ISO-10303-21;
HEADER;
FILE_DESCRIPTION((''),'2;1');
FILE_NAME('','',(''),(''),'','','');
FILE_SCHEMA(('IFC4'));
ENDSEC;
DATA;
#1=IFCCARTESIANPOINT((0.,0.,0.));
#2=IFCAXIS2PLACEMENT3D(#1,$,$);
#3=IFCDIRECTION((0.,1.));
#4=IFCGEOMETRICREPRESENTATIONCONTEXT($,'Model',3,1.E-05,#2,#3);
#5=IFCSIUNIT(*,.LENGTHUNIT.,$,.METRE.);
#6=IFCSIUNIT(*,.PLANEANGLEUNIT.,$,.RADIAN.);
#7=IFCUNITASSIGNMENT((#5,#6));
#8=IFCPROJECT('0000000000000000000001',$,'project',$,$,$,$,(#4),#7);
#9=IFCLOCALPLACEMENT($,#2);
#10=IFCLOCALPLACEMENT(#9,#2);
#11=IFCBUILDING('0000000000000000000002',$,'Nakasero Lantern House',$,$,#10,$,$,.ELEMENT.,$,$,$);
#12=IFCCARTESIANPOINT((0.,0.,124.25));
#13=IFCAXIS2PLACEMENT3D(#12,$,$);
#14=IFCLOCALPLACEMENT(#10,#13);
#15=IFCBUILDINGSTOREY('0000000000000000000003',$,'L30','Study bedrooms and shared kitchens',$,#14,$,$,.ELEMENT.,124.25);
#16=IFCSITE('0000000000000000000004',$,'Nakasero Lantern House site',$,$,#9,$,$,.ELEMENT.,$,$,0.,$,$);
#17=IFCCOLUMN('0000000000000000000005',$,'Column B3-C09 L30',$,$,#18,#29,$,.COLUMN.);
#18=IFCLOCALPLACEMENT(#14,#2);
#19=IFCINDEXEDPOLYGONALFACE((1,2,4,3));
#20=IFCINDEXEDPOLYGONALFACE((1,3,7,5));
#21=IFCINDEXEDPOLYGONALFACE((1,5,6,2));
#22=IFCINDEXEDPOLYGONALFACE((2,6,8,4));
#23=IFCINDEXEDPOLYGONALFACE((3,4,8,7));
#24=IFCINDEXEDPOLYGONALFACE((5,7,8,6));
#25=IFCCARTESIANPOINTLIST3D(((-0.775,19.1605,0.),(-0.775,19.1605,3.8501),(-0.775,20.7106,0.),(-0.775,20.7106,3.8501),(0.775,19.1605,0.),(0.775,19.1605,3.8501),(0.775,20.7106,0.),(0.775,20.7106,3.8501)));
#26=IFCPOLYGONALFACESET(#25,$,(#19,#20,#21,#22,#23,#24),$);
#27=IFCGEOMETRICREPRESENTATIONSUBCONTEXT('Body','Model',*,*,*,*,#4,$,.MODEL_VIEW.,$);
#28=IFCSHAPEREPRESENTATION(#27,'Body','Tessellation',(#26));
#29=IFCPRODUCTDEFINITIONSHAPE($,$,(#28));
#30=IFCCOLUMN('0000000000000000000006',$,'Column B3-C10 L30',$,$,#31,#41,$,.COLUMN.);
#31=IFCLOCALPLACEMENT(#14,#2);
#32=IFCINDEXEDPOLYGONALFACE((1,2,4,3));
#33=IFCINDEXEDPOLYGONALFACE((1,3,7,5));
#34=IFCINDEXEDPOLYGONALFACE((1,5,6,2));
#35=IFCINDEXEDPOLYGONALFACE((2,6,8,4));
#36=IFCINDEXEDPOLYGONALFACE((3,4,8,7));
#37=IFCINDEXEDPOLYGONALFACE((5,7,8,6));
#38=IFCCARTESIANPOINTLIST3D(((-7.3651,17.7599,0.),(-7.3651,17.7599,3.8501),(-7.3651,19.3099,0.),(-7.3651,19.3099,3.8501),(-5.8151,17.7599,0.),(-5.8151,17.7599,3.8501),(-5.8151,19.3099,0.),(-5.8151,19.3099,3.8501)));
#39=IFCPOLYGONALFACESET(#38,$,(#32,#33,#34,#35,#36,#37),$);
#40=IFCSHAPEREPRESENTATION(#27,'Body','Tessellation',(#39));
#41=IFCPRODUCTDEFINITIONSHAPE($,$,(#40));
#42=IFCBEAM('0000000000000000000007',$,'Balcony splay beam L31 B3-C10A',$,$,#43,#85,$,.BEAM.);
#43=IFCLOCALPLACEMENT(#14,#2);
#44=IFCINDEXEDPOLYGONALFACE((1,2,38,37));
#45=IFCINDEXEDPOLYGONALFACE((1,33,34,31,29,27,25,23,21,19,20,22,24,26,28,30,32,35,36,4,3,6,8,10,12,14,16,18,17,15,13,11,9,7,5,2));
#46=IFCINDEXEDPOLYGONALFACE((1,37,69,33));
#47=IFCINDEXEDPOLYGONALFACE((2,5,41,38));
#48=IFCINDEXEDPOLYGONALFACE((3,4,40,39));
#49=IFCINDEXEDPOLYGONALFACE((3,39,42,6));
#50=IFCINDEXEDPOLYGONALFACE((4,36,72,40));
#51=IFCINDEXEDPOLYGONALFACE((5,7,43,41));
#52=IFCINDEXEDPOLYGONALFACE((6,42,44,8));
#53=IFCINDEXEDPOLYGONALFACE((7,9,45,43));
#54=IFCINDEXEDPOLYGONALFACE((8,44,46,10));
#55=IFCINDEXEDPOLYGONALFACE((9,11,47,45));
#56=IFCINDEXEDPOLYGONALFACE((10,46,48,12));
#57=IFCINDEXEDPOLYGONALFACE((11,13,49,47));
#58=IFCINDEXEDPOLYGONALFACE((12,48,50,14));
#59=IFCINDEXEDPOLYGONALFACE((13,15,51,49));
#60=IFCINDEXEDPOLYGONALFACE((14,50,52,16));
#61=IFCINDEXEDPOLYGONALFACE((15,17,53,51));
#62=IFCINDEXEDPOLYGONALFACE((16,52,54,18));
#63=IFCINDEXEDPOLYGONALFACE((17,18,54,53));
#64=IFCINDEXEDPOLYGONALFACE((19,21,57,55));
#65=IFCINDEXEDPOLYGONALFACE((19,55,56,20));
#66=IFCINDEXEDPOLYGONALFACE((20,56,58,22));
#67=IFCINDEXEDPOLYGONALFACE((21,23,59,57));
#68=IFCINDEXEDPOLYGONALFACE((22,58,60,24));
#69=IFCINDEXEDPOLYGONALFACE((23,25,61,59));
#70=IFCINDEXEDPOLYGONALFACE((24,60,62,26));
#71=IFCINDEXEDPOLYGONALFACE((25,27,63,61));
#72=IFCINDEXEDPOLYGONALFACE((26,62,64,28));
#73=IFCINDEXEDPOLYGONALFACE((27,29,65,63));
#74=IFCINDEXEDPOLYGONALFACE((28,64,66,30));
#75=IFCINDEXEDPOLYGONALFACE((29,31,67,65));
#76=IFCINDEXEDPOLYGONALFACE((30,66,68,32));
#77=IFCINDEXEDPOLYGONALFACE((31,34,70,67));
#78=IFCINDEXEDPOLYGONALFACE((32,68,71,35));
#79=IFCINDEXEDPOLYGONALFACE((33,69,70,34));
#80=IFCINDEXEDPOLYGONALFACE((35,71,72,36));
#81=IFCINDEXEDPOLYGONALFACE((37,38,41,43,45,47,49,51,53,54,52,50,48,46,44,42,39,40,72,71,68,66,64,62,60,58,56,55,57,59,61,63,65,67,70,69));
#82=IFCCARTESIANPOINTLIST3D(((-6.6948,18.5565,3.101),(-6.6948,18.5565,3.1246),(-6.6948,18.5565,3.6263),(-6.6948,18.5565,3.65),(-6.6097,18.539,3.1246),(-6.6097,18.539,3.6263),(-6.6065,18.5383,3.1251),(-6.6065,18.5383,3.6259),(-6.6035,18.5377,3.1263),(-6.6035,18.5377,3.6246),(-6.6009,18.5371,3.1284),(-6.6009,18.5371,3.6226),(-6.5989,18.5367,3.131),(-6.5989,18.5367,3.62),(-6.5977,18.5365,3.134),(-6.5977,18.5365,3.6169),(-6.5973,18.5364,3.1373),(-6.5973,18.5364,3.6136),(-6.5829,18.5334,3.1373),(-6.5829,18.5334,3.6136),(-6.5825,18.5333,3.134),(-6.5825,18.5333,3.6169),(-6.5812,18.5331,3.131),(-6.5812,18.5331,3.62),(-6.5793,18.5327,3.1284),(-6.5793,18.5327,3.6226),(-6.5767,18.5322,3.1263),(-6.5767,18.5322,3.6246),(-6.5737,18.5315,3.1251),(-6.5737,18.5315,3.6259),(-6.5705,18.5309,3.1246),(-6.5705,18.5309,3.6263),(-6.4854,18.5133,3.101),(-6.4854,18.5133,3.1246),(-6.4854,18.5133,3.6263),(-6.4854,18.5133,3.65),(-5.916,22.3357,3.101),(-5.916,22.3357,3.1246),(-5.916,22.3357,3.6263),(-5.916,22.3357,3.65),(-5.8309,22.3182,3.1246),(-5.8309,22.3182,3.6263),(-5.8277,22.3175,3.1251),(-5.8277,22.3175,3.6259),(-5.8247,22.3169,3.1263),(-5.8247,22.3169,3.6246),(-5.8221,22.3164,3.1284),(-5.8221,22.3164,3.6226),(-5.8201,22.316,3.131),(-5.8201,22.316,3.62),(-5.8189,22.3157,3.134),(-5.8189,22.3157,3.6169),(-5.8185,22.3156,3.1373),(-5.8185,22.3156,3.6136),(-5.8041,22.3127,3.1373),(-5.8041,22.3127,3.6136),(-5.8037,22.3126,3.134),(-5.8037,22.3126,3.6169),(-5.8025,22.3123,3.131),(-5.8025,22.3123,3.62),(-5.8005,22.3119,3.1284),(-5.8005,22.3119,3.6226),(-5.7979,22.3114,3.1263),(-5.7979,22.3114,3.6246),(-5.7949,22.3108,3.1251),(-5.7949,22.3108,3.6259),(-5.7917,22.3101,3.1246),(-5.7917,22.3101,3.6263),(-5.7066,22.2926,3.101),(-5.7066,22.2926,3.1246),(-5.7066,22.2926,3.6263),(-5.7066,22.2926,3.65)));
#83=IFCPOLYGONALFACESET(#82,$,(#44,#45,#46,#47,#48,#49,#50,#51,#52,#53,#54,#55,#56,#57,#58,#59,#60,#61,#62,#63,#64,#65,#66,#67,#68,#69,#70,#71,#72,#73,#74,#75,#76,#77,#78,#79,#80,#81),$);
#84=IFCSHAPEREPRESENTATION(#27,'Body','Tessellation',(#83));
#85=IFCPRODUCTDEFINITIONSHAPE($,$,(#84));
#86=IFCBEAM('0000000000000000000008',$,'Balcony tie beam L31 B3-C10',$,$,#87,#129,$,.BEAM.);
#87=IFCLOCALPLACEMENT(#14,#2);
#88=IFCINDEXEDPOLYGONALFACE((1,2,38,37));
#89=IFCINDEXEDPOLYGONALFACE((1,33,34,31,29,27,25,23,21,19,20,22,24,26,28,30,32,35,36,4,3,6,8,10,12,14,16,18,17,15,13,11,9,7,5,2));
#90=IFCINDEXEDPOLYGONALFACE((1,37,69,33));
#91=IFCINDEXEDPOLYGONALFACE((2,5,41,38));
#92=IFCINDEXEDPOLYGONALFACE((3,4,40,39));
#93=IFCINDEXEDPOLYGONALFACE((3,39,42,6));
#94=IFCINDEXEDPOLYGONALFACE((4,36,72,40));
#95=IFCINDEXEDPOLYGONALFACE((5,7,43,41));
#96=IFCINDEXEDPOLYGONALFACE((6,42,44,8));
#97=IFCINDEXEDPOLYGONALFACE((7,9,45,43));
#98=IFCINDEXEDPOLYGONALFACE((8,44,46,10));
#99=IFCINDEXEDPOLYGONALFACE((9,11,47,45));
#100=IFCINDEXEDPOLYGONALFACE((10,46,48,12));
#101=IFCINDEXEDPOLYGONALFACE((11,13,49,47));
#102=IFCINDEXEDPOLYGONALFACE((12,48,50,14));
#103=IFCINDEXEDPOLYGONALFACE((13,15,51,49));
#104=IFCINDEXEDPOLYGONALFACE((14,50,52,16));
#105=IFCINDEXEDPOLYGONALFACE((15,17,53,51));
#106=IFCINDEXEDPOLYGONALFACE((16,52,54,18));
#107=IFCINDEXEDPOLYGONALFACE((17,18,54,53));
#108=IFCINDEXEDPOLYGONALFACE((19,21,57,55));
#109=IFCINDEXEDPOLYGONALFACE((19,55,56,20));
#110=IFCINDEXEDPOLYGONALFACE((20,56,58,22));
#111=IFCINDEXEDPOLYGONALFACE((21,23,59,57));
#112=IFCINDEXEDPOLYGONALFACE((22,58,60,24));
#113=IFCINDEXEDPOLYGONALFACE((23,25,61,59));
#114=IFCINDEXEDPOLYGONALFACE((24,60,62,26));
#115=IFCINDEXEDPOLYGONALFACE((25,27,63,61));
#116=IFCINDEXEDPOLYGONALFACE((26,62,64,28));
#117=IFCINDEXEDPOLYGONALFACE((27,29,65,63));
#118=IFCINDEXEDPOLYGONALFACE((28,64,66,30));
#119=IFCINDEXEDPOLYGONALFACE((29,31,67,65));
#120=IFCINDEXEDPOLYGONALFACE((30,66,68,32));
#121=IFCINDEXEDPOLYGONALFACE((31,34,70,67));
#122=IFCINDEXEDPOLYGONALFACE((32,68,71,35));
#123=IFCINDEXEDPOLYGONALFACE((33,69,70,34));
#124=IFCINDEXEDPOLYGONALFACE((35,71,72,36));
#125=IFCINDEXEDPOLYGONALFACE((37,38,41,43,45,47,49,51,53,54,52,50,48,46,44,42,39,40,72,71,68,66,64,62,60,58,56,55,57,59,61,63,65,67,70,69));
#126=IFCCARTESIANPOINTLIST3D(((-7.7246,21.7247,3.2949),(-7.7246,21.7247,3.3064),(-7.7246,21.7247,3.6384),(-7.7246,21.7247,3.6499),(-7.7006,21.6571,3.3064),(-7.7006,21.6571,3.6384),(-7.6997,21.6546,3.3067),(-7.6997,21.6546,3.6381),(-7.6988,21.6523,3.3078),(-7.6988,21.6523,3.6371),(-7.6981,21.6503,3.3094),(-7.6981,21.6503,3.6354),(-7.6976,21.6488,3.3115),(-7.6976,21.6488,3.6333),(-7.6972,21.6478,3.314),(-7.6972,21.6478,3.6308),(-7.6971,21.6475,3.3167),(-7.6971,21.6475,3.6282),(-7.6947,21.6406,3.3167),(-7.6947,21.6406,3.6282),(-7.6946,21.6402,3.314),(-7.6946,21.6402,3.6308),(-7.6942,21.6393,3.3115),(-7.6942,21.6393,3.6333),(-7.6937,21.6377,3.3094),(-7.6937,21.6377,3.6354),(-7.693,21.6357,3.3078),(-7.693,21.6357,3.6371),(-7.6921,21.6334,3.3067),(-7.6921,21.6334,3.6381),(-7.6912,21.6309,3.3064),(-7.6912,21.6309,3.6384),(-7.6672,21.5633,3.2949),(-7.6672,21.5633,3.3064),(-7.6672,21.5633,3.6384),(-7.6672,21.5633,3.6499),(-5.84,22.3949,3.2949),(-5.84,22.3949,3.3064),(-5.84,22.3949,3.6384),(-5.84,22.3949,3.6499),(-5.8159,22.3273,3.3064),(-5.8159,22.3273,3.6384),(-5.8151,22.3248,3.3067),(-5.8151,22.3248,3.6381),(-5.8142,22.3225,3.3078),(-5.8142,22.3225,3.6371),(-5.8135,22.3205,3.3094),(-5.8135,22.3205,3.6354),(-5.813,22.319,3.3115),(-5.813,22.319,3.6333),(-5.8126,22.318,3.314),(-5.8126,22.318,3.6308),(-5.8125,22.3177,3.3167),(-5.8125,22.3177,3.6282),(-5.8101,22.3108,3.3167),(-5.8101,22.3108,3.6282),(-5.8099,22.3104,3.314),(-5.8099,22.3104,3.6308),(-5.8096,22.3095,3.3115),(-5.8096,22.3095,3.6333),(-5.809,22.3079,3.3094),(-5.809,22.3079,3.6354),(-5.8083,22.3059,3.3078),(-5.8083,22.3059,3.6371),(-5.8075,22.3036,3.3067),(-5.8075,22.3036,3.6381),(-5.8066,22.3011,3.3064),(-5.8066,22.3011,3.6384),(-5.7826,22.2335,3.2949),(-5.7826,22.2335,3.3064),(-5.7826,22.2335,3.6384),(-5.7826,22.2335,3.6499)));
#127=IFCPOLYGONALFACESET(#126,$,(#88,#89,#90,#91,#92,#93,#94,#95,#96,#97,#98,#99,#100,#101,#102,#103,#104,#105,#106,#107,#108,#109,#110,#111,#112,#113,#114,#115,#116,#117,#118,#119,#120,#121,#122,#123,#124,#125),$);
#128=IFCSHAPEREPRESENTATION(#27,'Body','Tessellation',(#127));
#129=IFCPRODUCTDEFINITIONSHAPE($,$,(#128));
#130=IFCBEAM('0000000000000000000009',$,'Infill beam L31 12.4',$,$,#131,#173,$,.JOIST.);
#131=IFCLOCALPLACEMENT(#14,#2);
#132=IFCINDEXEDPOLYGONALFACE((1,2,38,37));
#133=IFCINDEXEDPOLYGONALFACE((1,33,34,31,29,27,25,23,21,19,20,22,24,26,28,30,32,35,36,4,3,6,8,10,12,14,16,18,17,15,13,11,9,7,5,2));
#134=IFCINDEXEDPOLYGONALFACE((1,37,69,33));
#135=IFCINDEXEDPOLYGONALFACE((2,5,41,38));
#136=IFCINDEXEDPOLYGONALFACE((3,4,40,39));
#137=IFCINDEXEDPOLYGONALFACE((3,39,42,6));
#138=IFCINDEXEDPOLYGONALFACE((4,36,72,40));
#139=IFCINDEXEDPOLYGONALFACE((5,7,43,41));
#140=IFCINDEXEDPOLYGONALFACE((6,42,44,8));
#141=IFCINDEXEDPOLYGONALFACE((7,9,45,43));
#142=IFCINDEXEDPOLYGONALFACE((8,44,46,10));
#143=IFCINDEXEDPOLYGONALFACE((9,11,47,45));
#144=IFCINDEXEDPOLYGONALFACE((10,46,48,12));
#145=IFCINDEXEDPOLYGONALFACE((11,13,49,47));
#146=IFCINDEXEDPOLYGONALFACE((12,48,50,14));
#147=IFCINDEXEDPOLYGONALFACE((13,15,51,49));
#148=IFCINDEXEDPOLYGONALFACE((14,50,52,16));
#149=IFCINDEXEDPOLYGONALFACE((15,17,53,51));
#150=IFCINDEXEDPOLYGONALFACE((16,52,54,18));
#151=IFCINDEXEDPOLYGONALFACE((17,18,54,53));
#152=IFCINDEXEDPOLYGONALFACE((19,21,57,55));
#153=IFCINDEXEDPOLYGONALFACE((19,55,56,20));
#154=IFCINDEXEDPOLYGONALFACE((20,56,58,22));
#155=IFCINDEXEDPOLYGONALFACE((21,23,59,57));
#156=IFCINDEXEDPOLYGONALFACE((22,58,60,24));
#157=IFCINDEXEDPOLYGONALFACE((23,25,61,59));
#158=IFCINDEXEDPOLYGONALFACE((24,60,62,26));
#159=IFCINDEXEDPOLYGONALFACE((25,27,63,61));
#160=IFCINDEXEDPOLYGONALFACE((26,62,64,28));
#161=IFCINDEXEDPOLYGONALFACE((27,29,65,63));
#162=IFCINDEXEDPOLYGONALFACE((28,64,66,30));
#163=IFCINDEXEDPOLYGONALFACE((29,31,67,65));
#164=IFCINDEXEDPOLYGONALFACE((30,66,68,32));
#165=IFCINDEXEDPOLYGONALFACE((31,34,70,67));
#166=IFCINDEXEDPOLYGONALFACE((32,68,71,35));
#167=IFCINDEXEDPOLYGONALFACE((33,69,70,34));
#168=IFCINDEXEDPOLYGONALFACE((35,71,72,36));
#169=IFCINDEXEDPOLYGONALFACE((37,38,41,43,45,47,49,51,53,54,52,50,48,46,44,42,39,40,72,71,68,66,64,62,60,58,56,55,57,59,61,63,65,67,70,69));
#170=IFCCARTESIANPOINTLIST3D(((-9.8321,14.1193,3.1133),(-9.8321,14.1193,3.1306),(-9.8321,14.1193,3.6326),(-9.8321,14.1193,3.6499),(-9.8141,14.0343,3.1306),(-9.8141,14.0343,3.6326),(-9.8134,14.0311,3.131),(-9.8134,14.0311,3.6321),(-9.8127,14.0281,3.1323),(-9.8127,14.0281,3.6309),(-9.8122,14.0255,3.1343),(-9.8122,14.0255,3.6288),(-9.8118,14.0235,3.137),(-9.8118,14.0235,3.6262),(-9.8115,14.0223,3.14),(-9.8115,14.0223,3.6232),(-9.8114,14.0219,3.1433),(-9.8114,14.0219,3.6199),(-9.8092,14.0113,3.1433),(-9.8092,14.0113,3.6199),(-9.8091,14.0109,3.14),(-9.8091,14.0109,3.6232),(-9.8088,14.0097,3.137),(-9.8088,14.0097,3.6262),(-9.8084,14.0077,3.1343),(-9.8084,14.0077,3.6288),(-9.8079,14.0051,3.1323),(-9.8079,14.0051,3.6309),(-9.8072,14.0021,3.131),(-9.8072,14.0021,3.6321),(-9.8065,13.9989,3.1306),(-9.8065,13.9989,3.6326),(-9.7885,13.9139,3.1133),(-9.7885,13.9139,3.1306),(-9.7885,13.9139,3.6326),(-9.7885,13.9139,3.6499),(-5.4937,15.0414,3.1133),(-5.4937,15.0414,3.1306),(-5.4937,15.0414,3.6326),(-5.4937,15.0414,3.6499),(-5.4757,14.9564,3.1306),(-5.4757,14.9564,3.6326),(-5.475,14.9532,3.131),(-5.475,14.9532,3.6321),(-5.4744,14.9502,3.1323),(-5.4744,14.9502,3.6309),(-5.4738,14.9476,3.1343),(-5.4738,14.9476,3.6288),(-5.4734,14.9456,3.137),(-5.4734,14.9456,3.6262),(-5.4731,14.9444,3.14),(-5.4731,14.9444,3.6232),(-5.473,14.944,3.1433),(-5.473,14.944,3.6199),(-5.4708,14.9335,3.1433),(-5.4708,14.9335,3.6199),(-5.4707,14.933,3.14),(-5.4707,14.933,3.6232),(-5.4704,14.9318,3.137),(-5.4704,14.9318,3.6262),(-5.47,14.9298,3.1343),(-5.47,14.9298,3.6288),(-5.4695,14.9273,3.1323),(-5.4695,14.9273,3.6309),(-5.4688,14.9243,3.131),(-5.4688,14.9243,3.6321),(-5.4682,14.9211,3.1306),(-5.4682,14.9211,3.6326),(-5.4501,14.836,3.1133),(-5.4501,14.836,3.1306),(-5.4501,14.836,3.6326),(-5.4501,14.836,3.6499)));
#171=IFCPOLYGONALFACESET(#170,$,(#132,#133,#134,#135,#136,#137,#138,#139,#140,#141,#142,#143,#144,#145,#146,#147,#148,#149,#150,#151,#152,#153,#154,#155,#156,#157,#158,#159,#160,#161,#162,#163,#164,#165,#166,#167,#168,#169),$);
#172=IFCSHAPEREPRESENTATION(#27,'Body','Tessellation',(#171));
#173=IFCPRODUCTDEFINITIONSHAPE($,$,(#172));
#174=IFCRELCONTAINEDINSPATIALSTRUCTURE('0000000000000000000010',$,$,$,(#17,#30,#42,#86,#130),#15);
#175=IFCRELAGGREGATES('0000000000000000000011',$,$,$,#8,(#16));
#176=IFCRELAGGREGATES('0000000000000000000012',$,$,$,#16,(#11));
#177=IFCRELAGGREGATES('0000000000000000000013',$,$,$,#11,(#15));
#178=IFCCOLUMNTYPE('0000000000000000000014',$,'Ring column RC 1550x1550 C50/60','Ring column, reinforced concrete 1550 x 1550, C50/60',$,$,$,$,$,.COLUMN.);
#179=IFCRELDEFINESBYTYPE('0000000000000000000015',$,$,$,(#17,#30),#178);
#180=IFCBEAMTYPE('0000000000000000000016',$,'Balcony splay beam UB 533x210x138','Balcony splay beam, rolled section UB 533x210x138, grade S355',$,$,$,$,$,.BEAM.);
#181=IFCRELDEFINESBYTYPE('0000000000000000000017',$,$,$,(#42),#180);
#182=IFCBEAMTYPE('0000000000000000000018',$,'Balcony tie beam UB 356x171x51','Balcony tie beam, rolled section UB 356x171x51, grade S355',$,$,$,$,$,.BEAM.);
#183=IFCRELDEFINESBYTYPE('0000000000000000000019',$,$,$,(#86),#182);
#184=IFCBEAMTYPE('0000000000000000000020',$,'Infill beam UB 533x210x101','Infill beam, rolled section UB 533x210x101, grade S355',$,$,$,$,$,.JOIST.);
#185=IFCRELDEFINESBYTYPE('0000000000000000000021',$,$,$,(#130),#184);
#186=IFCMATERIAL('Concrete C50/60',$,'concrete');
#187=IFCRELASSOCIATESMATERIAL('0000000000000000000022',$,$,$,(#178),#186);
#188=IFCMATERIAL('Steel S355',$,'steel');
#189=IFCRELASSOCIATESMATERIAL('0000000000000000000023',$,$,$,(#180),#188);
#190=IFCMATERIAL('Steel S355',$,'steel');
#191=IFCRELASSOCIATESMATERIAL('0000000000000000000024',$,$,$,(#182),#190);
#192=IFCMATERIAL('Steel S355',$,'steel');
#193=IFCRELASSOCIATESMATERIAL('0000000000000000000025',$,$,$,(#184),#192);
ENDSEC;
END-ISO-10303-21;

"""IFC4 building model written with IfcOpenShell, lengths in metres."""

from ifc_helpers import new_model, si_unit, direction, frame, origin, origin_2d, place, context, subcontext, project, spatial, rectangle, i_section, extrude, material, material_profile, profile_set, type_object, element, save


model = new_model("IFC4")

# Units and contexts
model_context = context("Model", 3, precision=1e-05, world=origin(), true_north=direction((0.0, 1.0)))
body_context = subcontext(model_context, "Body", "Model", "MODEL_VIEW")
ifc_project = project(units=[si_unit("LENGTHUNIT", "METRE"), si_unit("PLANEANGLEUNIT", "RADIAN")], contexts=[model_context])

# Site, building, storey
site_placement = place(None, origin())
site = spatial("IfcSite", under=ifc_project, at=site_placement, Name="Nakasero Lantern House site", CompositionType="ELEMENT", RefElevation=0.0)
building_placement = place(site_placement, origin())
building = spatial("IfcBuilding", under=site, at=building_placement, Name="Nakasero Lantern House", CompositionType="ELEMENT")
storey_placement = place(building_placement, frame((0.0, 0.0, 124.25)))
storey = spatial("IfcBuildingStorey", under=building, at=storey_placement, Name="L30", Description="Study bedrooms and shared kitchens", CompositionType="ELEMENT", Elevation=124.25)

# Columns
ifc_material_1 = material(Name="Concrete C50/60", Category="concrete")
ifc_material_profile_1 = material_profile(ifc_material_1, rectangle(XDim=1.55, YDim=1.55, at=origin_2d()), Name="RC 1550x1550")
ifc_profile_set_1 = profile_set([ifc_material_profile_1], Name="Concrete C50/60")
column_type = type_object("IfcColumnType", Name="Ring column RC 1550x1550 C50/60", Description="Ring column, reinforced concrete 1550 x 1550, C50/60", PredefinedType="COLUMN", material=ifc_profile_set_1)
for number, where, z_axis, x_axis, name in (
    (1, (0.0, 19.9355, 0.0), (0.0, 0.0, 1.0), (1.0, 0.0, 0.0), "Column B3-C09 L30"),
    (2, (-6.5901, 18.5349, 0.0), (0.0, 0.0, 1.0), (1.0, 0.0, 0.0), "Column B3-C10 L30"),
):
    element("IfcColumn", number, at=place(storey_placement, frame(where, z_axis=z_axis, x_axis=x_axis)), inside=storey, type_object=column_type, Name=name, PredefinedType="COLUMN", context=body_context, shape_type="SweptSolid", body=[
        extrude(rectangle(XDim=1.55, YDim=1.55, at=origin_2d()), origin(), (0.0, 0.0, 1.0), 3.8501),
    ])

# Beams
ifc_material_2 = material(Name="Steel S355", Category="steel")
ifc_material_profile_2 = material_profile(ifc_material_2, i_section(OverallWidth=0.2139, OverallDepth=0.5491, WebThickness=0.0146, FlangeThickness=0.0237, FilletRadius=0.0127, at=origin_2d()), Name="UB 533x210x138")
ifc_profile_set_2 = profile_set([ifc_material_profile_2], Name="Steel S355")
beam_type_1 = type_object("IfcBeamType", Name="Balcony splay beam UB 533x210x138", Description="Balcony splay beam, rolled section UB 533x210x138, grade S355", PredefinedType="BEAM", material=ifc_profile_set_2)
beam_1_placement = place(storey_placement, frame((-6.5901, 18.5349, 3.3755), z_axis=(0.201831, 0.97942, 0.0), x_axis=(-0.97942, 0.201831, 0.0)))
element("IfcBeam", 3, at=beam_1_placement, inside=storey, type_object=beam_type_1, Name="Balcony splay beam L31 B3-C10A", PredefinedType="BEAM", context=body_context, shape_type="SweptSolid", body=[
    extrude(i_section(OverallWidth=0.2139, OverallDepth=0.5491, WebThickness=0.0146, FlangeThickness=0.0237, FilletRadius=0.0127, at=origin_2d()), origin(), (0.0, 0.0, 1.0), 3.8586),
])
ifc_material_3 = material(Name="Steel S355", Category="steel")
ifc_material_profile_3 = material_profile(ifc_material_3, i_section(OverallWidth=0.1714, OverallDepth=0.355, WebThickness=0.0073, FlangeThickness=0.0115, FilletRadius=0.0103, at=origin_2d()), Name="UB 356x171x51")
ifc_profile_set_3 = profile_set([ifc_material_profile_3], Name="Steel S355")
beam_type_2 = type_object("IfcBeamType", Name="Balcony tie beam UB 356x171x51", Description="Balcony tie beam, rolled section UB 356x171x51, grade S355", PredefinedType="BEAM", material=ifc_profile_set_3)
beam_2_placement = place(storey_placement, frame((-5.8113, 22.3142, 3.4724), z_axis=(-0.942197, -0.33506, 0.0), x_axis=(0.33506, -0.942197, 0.0)))
element("IfcBeam", 4, at=beam_2_placement, inside=storey, type_object=beam_type_2, Name="Balcony tie beam L31 B3-C10", PredefinedType="BEAM", context=body_context, shape_type="SweptSolid", body=[
    extrude(i_section(OverallWidth=0.1714, OverallDepth=0.355, WebThickness=0.0073, FlangeThickness=0.0115, FilletRadius=0.0103, at=origin_2d()), origin(), (0.0, 0.0, 1.0), 2.0002),
])
ifc_material_4 = material(Name="Steel S355", Category="steel")
ifc_material_profile_4 = material_profile(ifc_material_4, i_section(OverallWidth=0.21, OverallDepth=0.5366, WebThickness=0.0107, FlangeThickness=0.0173, FilletRadius=0.0127, at=origin_2d()), Name="UB 533x210x101")
ifc_profile_set_4 = profile_set([ifc_material_profile_4], Name="Steel S355")
beam_type_3 = type_object("IfcBeamType", Name="Infill beam UB 533x210x101", Description="Infill beam, rolled section UB 533x210x101, grade S355", PredefinedType="JOIST", material=ifc_profile_set_4)
beam_3_placement = place(storey_placement, frame((-9.8103, 14.0166, 3.3816), z_axis=(0.978149, 0.207905, 0.0), x_axis=(-0.207905, 0.978149, 0.0)))
element("IfcBeam", 5, at=beam_3_placement, inside=storey, type_object=beam_type_3, Name="Infill beam L31 12.4", PredefinedType="JOIST", context=body_context, shape_type="SweptSolid", body=[
    extrude(i_section(OverallWidth=0.21, OverallDepth=0.5366, WebThickness=0.0107, FlangeThickness=0.0173, FilletRadius=0.0127, at=origin_2d()), origin(), (0.0, 0.0, 1.0), 4.4353),
])

save(model, "model.ifc")
